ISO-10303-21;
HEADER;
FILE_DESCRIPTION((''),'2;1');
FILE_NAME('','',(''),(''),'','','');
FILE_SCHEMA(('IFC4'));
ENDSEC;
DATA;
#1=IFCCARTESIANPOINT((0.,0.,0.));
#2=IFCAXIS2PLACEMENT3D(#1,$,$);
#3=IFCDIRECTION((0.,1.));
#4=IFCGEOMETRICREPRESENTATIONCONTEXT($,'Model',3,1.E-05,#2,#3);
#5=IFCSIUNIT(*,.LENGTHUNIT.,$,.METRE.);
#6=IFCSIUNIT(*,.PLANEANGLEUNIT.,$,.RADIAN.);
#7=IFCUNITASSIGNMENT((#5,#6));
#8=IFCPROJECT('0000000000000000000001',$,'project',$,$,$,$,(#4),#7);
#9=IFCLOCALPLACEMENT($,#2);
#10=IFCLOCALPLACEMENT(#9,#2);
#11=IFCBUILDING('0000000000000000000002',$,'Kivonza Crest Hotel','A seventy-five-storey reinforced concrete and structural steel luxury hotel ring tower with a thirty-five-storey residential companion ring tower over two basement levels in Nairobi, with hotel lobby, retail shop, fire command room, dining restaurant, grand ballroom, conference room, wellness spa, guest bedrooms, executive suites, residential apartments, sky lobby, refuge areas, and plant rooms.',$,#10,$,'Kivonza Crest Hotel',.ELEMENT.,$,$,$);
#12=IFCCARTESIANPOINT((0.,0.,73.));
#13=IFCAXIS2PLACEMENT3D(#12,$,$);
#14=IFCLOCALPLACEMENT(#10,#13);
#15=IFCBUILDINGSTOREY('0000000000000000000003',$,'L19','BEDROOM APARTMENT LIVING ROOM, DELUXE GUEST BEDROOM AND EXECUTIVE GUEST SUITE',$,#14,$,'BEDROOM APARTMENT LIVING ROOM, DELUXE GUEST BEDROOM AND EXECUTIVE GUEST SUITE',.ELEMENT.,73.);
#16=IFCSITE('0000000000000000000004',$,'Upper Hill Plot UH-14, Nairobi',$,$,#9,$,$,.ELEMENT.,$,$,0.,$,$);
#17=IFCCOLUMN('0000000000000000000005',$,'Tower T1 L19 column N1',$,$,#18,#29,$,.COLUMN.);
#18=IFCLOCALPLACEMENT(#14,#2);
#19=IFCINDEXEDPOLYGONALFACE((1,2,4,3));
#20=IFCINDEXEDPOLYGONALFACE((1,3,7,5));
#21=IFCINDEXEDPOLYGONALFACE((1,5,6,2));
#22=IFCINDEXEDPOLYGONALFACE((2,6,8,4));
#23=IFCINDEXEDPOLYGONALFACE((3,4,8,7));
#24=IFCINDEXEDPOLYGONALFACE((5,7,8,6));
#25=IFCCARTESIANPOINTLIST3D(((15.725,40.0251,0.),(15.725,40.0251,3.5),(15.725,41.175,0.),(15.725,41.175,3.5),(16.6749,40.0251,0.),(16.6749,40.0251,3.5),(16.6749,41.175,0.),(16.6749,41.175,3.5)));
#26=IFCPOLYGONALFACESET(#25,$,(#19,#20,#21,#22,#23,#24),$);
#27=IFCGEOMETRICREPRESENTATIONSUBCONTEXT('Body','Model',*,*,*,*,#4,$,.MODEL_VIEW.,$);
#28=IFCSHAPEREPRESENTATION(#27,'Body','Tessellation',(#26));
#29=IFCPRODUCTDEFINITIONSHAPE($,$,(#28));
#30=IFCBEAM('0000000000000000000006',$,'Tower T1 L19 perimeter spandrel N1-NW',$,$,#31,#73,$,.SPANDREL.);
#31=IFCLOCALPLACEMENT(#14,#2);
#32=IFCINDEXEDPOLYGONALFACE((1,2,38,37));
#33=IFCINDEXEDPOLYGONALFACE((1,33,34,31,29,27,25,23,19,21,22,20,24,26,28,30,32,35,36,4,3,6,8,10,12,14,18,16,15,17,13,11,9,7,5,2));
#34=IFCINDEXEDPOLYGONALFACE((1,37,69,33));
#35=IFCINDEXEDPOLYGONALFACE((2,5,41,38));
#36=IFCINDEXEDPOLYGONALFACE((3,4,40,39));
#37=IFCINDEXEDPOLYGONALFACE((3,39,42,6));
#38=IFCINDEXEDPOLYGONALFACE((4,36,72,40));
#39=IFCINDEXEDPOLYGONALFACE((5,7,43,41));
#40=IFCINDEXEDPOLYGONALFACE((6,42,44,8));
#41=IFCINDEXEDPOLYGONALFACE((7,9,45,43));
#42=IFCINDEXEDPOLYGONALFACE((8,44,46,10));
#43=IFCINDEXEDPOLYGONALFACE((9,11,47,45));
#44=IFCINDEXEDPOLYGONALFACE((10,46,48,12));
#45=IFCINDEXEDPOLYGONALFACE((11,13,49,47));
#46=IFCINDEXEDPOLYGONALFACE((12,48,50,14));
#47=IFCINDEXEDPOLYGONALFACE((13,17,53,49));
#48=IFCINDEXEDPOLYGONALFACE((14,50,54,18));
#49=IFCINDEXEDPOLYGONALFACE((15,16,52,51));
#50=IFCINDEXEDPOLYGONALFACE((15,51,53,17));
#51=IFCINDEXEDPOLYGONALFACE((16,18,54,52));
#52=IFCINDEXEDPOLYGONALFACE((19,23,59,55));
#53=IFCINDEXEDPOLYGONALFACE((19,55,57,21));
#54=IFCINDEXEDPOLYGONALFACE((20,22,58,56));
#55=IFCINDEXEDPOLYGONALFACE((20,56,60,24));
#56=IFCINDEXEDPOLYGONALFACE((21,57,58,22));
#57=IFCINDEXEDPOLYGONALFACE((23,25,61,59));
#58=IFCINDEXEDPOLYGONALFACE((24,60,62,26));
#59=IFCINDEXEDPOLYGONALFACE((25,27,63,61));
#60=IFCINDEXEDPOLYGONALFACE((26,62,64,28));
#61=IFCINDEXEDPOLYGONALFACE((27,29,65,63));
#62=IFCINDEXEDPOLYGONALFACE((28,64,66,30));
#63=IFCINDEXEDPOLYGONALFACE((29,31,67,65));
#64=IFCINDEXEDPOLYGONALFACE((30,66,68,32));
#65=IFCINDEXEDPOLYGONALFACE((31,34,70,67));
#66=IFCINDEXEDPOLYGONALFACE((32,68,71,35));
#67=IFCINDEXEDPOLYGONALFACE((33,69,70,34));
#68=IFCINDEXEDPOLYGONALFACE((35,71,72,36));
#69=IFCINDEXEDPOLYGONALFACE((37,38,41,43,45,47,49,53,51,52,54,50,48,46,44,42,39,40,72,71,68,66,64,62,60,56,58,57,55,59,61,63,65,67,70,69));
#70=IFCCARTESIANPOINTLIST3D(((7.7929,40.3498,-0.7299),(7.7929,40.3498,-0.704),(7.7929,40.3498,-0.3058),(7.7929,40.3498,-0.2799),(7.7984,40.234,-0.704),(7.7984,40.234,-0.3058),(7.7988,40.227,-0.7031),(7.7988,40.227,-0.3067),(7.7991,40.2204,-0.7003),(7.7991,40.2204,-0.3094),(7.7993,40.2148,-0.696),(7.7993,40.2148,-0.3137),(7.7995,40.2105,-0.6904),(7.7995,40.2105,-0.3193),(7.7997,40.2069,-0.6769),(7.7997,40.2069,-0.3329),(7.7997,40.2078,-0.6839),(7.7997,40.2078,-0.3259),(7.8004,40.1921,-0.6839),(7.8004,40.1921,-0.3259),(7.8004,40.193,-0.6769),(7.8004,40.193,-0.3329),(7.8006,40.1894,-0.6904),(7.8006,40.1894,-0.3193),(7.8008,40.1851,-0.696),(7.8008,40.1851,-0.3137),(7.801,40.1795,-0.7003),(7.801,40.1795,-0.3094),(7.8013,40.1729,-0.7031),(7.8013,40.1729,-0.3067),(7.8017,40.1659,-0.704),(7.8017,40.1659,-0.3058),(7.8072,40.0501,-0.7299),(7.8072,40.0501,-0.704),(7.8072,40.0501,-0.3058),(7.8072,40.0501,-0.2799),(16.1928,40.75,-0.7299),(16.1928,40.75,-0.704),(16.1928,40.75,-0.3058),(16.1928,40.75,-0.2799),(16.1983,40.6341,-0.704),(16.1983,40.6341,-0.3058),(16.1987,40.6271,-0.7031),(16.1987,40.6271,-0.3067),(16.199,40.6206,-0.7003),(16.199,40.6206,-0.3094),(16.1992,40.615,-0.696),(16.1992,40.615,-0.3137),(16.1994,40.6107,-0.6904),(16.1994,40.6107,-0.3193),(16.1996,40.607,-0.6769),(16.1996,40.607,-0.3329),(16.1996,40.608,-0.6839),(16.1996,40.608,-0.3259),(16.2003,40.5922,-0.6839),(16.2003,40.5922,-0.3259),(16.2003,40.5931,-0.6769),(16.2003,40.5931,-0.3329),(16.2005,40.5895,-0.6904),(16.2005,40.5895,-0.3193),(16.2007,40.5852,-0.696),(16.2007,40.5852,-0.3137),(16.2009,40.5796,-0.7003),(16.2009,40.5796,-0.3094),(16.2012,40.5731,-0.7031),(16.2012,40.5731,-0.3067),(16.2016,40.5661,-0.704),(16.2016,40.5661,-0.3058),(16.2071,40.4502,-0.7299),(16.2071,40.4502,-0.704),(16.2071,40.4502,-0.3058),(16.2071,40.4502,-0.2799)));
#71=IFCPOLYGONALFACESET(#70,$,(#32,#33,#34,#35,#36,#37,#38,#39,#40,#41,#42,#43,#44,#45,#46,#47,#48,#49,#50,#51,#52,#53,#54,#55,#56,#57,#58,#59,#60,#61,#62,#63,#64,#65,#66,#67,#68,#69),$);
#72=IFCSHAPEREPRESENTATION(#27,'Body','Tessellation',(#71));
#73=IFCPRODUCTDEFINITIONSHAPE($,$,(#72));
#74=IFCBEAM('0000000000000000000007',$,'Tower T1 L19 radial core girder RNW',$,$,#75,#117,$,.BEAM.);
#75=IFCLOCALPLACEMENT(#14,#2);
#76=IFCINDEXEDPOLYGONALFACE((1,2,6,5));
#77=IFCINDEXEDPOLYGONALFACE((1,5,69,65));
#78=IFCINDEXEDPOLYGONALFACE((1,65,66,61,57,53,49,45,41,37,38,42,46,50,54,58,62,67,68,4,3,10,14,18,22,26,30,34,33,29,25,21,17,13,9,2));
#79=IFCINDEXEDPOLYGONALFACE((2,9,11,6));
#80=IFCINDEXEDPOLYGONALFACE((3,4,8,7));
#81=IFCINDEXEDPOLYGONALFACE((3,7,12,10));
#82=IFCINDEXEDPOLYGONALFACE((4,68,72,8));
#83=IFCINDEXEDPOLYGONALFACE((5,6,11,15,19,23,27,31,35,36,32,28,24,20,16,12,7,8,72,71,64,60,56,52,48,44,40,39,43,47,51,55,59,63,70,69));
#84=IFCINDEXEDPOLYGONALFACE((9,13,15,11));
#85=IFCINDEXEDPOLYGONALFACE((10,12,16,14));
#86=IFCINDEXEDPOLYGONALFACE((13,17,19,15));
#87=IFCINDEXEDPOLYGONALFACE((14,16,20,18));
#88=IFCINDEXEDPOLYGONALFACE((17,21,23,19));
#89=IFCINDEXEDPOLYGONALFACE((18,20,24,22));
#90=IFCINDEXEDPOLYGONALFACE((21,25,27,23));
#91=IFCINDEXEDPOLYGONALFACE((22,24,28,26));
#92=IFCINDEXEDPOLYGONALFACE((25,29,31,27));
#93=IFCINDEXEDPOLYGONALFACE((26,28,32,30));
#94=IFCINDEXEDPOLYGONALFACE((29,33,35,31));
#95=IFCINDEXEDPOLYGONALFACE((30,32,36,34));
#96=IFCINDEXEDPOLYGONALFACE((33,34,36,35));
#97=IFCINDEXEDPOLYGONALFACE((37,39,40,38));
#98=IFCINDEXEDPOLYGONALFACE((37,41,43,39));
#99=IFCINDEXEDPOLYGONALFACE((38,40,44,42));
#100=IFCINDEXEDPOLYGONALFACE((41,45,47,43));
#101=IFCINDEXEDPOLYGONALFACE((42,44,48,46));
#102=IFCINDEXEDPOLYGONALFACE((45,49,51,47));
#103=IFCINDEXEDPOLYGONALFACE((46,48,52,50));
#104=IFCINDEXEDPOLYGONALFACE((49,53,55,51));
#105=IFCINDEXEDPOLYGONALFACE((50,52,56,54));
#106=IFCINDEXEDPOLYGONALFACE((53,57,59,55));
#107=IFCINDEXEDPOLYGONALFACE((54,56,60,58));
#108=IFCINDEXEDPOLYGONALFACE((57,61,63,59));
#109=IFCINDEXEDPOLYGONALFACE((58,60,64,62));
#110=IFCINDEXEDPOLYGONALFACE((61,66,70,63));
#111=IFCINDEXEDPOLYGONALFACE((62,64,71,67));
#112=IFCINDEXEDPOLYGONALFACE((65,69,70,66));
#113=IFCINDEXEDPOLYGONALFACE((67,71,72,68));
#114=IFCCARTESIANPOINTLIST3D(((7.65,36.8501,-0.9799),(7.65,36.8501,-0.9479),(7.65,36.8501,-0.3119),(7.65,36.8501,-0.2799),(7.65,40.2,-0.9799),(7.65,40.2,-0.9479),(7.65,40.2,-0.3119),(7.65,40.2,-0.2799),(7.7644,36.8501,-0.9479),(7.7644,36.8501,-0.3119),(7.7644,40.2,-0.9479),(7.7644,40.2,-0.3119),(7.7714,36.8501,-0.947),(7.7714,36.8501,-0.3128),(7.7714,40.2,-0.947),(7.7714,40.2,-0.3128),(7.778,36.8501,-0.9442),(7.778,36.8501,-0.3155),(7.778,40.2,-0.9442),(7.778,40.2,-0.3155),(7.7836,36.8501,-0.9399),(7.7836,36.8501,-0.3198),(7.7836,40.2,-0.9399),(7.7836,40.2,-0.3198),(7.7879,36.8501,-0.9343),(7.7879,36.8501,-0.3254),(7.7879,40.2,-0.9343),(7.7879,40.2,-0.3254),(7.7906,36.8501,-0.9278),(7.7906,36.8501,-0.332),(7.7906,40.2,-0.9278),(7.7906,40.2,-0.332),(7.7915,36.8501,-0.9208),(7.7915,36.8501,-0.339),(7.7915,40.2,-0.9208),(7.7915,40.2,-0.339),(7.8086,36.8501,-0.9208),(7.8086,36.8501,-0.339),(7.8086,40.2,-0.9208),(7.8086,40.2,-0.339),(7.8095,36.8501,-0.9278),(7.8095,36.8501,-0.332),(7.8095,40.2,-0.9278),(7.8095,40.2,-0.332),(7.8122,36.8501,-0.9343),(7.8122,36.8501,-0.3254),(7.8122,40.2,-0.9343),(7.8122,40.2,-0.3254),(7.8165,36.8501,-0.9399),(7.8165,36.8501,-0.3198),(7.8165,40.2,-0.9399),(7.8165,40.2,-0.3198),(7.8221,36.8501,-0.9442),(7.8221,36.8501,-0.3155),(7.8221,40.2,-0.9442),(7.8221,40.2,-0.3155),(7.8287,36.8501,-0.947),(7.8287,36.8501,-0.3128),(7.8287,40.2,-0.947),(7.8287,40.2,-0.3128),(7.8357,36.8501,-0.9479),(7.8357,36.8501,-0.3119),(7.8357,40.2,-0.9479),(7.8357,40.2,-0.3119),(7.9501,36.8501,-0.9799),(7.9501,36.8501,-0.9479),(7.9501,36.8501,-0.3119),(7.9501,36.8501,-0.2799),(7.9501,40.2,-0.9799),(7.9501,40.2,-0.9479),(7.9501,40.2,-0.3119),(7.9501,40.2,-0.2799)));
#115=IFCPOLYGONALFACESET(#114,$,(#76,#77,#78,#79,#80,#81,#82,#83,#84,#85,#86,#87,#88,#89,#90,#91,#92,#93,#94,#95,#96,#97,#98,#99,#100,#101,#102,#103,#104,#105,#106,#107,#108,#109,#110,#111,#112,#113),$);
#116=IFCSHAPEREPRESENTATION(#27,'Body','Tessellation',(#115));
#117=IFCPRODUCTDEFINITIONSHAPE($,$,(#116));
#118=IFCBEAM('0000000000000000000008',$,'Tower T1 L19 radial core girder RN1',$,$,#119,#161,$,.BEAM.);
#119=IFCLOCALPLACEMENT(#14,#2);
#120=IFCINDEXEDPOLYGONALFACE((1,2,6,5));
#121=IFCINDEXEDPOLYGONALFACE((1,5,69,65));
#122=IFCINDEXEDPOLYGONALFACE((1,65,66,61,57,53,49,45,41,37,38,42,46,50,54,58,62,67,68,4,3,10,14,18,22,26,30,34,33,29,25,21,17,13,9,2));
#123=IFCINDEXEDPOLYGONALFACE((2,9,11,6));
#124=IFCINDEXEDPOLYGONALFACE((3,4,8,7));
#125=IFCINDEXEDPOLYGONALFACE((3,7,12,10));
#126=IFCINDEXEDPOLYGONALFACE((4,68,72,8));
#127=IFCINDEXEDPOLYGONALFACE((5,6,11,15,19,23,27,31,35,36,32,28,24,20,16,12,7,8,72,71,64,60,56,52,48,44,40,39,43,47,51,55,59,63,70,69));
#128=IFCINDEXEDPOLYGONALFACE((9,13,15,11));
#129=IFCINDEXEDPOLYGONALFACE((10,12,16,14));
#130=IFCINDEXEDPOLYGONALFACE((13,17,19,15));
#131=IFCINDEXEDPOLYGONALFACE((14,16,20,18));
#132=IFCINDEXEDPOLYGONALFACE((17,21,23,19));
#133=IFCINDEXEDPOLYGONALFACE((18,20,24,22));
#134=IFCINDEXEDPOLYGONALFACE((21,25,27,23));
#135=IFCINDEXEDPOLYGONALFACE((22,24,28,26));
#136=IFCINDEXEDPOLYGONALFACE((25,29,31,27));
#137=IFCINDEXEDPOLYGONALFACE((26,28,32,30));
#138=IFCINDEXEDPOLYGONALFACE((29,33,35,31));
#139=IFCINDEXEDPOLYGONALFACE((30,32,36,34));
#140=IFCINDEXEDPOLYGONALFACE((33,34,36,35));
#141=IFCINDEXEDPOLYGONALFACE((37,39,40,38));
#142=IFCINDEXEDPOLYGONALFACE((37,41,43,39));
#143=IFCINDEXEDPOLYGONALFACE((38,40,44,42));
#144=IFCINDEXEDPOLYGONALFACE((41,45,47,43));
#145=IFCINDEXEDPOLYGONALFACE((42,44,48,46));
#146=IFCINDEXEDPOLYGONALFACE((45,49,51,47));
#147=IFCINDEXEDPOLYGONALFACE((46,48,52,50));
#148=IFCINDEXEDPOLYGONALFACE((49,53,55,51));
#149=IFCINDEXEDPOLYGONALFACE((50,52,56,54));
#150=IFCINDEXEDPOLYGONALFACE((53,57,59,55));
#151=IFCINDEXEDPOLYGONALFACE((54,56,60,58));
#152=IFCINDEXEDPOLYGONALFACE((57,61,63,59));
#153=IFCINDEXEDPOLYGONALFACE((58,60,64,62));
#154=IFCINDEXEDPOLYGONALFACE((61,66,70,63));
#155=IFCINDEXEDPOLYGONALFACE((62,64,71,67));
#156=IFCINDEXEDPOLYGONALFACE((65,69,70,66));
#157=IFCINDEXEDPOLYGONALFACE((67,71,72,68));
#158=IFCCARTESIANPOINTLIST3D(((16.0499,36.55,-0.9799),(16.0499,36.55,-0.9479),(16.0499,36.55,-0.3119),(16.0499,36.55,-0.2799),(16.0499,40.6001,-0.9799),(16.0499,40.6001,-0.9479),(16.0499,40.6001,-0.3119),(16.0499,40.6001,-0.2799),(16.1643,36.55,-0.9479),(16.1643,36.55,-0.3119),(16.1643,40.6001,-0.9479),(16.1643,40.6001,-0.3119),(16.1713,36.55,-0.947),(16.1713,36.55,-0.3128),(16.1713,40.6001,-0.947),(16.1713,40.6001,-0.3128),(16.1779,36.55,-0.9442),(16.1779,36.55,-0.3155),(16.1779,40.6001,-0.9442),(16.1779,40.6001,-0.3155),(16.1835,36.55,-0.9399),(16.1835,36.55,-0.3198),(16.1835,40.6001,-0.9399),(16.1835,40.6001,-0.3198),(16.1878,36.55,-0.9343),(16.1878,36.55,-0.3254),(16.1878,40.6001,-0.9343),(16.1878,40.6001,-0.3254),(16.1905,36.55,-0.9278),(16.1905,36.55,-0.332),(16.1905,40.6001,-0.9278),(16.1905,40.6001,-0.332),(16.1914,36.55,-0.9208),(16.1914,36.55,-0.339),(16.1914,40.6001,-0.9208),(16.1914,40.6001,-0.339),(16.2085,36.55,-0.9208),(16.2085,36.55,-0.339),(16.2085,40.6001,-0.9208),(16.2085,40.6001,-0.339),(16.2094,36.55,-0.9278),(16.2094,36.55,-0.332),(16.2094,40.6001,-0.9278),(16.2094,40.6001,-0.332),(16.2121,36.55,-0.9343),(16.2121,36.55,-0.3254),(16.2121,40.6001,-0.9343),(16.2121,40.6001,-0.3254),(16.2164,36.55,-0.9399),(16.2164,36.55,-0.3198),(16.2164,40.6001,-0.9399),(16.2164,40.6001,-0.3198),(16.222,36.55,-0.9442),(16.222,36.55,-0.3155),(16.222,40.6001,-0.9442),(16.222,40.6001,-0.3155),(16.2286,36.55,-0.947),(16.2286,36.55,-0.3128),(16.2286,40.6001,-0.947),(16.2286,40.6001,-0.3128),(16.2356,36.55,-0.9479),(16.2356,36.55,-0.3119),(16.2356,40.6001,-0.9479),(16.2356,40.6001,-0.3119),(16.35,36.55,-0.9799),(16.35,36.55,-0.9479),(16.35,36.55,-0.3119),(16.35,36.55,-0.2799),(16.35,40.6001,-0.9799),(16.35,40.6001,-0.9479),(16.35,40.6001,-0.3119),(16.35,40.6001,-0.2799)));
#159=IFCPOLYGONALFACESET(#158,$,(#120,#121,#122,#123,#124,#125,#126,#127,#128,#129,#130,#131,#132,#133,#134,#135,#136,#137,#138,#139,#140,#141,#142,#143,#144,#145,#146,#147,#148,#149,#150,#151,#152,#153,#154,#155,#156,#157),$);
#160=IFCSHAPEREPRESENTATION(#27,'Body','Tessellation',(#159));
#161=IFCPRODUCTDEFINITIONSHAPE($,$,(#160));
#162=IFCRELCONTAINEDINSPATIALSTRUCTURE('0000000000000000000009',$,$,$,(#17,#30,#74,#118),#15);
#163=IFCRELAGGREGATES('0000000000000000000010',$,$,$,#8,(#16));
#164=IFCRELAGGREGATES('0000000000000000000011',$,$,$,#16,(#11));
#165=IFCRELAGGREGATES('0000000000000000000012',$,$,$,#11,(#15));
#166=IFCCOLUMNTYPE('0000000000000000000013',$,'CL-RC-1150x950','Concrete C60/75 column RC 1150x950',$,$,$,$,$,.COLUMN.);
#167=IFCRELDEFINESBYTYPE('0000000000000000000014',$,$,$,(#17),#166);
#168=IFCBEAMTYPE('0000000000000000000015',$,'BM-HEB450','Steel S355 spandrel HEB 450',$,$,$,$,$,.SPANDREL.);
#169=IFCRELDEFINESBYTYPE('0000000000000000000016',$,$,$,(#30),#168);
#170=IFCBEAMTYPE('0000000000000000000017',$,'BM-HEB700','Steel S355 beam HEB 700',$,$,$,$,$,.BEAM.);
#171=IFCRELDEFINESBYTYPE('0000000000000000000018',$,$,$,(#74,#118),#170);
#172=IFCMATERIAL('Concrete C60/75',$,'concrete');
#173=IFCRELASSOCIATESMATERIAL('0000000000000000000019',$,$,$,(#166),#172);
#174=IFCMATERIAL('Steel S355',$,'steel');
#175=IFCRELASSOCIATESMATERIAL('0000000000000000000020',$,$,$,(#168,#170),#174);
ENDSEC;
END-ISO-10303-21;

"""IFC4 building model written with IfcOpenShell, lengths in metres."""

from ifc_helpers import new_model, si_unit, direction, frame, origin, origin_2d, place, context, subcontext, project, spatial, rectangle, i_section, extrude, material, material_profile, profile_set, type_object, element, save


model = new_model("IFC4")

# Units and contexts
model_context = context("Model", 3, precision=1e-05, world=origin(), true_north=direction((0.0, 1.0)))
body_context = subcontext(model_context, "Body", "Model", "MODEL_VIEW")
ifc_project = project(units=[si_unit("LENGTHUNIT", "METRE"), si_unit("PLANEANGLEUNIT", "RADIAN")], contexts=[model_context])

# Site, building, storey
site_placement = place(None, origin())
site = spatial("IfcSite", under=ifc_project, at=site_placement, Name="Upper Hill Plot UH-14, Nairobi", CompositionType="ELEMENT", RefElevation=0.0)
building_placement = place(site_placement, origin())
building = spatial("IfcBuilding", under=site, at=building_placement, Name="Kivonza Crest Hotel", Description="A seventy-five-storey reinforced concrete and structural steel luxury hotel ring tower with a thirty-five-storey residential companion ring tower over two basement levels in Nairobi, with hotel lobby, retail shop, fire command room, dining restaurant, grand ballroom, conference room, wellness spa, guest bedrooms, executive suites, residential apartments, sky lobby, refuge areas, and plant rooms.", LongName="Kivonza Crest Hotel", CompositionType="ELEMENT")
storey_placement = place(building_placement, frame((0.0, 0.0, 73.0)))
storey = spatial("IfcBuildingStorey", under=building, at=storey_placement, Name="L19", Description="BEDROOM APARTMENT LIVING ROOM, DELUXE GUEST BEDROOM AND EXECUTIVE GUEST SUITE", LongName="BEDROOM APARTMENT LIVING ROOM, DELUXE GUEST BEDROOM AND EXECUTIVE GUEST SUITE", CompositionType="ELEMENT", Elevation=73.0)

# Column
ifc_material_1 = material(Name="Concrete C60/75", Category="concrete")
ifc_material_profile_1 = material_profile(ifc_material_1, rectangle(XDim=0.95, YDim=1.1499, at=origin_2d()), Name="RC 1150x950")
ifc_profile_set_1 = profile_set([ifc_material_profile_1], Name="Concrete C60/75")
column_type = type_object("IfcColumnType", Name="CL-RC-1150x950", Description="Concrete C60/75 column RC 1150x950", PredefinedType="COLUMN", material=ifc_profile_set_1)
column_placement = place(storey_placement, frame((16.2, 40.6001, 0.0), z_axis=(0.0, 0.0, 1.0), x_axis=(1.0, 0.0, 0.0)))
element("IfcColumn", 1, at=column_placement, inside=storey, type_object=column_type, Name="Tower T1 L19 column N1", PredefinedType="COLUMN", context=body_context, shape_type="SweptSolid", body=[
    extrude(rectangle(XDim=0.95, YDim=1.1499, at=origin_2d()), origin(), (0.0, 0.0, 1.0), 3.5),
])

# Beams
ifc_material_2 = material(Name="Steel S355", Category="steel")
ifc_material_profile_2 = material_profile(ifc_material_2, i_section(OverallWidth=0.3, OverallDepth=0.45, WebThickness=0.0139, FlangeThickness=0.0259, FilletRadius=0.0271, at=origin_2d()), Name="HEB 450")
ifc_profile_set_2 = profile_set([ifc_material_profile_2], Name="Steel S355")
beam_type_1 = type_object("IfcBeamType", Name="BM-HEB450", Description="Steel S355 spandrel HEB 450", PredefinedType="SPANDREL", material=ifc_profile_set_2)
beam_1_placement = place(storey_placement, frame((16.2, 40.6001, -0.5049), z_axis=(-0.998867, -0.047583, 0.0), x_axis=(0.047583, -0.998867, 0.0)))
element("IfcBeam", 2, at=beam_1_placement, inside=storey, type_object=beam_type_1, Name="Tower T1 L19 perimeter spandrel N1-NW", PredefinedType="SPANDREL", context=body_context, shape_type="SweptSolid", body=[
    extrude(i_section(OverallWidth=0.3, OverallDepth=0.45, WebThickness=0.0139, FlangeThickness=0.0259, FilletRadius=0.0271, at=origin_2d()), origin(), (0.0, 0.0, 1.0), 8.4094),
])
ifc_material_profile_3 = material_profile(ifc_material_2, i_section(OverallWidth=0.3, OverallDepth=0.7, WebThickness=0.0171, FlangeThickness=0.032, FilletRadius=0.0271, at=origin_2d()), Name="HEB 700")
ifc_profile_set_3 = profile_set([ifc_material_profile_3], Name="Steel S355")
beam_type_2 = type_object("IfcBeamType", Name="BM-HEB700", Description="Steel S355 beam HEB 700", PredefinedType="BEAM", material=ifc_profile_set_3)
beam_2_placement = place(storey_placement, frame((7.8, 40.2, -0.6299), z_axis=(0.0, -1.0, 0.0), x_axis=(1.0, 0.0, 0.0)))
element("IfcBeam", 3, at=beam_2_placement, inside=storey, type_object=beam_type_2, Name="Tower T1 L19 radial core girder RNW", PredefinedType="BEAM", context=body_context, shape_type="SweptSolid", body=[
    extrude(i_section(OverallWidth=0.3, OverallDepth=0.7, WebThickness=0.0171, FlangeThickness=0.032, FilletRadius=0.0271, at=origin_2d()), origin(), (0.0, 0.0, 1.0), 3.3499),
])
beam_3_placement = place(storey_placement, frame((16.2, 40.6001, -0.6299), z_axis=(0.0, -1.0, 0.0), x_axis=(1.0, 0.0, 0.0)))
element("IfcBeam", 4, at=beam_3_placement, inside=storey, type_object=beam_type_2, Name="Tower T1 L19 radial core girder RN1", PredefinedType="BEAM", context=body_context, shape_type="SweptSolid", body=[
    extrude(i_section(OverallWidth=0.3, OverallDepth=0.7, WebThickness=0.0171, FlangeThickness=0.032, FilletRadius=0.0271, at=origin_2d()), origin(), (0.0, 0.0, 1.0), 4.05),
])

save(model, "model.ifc")
